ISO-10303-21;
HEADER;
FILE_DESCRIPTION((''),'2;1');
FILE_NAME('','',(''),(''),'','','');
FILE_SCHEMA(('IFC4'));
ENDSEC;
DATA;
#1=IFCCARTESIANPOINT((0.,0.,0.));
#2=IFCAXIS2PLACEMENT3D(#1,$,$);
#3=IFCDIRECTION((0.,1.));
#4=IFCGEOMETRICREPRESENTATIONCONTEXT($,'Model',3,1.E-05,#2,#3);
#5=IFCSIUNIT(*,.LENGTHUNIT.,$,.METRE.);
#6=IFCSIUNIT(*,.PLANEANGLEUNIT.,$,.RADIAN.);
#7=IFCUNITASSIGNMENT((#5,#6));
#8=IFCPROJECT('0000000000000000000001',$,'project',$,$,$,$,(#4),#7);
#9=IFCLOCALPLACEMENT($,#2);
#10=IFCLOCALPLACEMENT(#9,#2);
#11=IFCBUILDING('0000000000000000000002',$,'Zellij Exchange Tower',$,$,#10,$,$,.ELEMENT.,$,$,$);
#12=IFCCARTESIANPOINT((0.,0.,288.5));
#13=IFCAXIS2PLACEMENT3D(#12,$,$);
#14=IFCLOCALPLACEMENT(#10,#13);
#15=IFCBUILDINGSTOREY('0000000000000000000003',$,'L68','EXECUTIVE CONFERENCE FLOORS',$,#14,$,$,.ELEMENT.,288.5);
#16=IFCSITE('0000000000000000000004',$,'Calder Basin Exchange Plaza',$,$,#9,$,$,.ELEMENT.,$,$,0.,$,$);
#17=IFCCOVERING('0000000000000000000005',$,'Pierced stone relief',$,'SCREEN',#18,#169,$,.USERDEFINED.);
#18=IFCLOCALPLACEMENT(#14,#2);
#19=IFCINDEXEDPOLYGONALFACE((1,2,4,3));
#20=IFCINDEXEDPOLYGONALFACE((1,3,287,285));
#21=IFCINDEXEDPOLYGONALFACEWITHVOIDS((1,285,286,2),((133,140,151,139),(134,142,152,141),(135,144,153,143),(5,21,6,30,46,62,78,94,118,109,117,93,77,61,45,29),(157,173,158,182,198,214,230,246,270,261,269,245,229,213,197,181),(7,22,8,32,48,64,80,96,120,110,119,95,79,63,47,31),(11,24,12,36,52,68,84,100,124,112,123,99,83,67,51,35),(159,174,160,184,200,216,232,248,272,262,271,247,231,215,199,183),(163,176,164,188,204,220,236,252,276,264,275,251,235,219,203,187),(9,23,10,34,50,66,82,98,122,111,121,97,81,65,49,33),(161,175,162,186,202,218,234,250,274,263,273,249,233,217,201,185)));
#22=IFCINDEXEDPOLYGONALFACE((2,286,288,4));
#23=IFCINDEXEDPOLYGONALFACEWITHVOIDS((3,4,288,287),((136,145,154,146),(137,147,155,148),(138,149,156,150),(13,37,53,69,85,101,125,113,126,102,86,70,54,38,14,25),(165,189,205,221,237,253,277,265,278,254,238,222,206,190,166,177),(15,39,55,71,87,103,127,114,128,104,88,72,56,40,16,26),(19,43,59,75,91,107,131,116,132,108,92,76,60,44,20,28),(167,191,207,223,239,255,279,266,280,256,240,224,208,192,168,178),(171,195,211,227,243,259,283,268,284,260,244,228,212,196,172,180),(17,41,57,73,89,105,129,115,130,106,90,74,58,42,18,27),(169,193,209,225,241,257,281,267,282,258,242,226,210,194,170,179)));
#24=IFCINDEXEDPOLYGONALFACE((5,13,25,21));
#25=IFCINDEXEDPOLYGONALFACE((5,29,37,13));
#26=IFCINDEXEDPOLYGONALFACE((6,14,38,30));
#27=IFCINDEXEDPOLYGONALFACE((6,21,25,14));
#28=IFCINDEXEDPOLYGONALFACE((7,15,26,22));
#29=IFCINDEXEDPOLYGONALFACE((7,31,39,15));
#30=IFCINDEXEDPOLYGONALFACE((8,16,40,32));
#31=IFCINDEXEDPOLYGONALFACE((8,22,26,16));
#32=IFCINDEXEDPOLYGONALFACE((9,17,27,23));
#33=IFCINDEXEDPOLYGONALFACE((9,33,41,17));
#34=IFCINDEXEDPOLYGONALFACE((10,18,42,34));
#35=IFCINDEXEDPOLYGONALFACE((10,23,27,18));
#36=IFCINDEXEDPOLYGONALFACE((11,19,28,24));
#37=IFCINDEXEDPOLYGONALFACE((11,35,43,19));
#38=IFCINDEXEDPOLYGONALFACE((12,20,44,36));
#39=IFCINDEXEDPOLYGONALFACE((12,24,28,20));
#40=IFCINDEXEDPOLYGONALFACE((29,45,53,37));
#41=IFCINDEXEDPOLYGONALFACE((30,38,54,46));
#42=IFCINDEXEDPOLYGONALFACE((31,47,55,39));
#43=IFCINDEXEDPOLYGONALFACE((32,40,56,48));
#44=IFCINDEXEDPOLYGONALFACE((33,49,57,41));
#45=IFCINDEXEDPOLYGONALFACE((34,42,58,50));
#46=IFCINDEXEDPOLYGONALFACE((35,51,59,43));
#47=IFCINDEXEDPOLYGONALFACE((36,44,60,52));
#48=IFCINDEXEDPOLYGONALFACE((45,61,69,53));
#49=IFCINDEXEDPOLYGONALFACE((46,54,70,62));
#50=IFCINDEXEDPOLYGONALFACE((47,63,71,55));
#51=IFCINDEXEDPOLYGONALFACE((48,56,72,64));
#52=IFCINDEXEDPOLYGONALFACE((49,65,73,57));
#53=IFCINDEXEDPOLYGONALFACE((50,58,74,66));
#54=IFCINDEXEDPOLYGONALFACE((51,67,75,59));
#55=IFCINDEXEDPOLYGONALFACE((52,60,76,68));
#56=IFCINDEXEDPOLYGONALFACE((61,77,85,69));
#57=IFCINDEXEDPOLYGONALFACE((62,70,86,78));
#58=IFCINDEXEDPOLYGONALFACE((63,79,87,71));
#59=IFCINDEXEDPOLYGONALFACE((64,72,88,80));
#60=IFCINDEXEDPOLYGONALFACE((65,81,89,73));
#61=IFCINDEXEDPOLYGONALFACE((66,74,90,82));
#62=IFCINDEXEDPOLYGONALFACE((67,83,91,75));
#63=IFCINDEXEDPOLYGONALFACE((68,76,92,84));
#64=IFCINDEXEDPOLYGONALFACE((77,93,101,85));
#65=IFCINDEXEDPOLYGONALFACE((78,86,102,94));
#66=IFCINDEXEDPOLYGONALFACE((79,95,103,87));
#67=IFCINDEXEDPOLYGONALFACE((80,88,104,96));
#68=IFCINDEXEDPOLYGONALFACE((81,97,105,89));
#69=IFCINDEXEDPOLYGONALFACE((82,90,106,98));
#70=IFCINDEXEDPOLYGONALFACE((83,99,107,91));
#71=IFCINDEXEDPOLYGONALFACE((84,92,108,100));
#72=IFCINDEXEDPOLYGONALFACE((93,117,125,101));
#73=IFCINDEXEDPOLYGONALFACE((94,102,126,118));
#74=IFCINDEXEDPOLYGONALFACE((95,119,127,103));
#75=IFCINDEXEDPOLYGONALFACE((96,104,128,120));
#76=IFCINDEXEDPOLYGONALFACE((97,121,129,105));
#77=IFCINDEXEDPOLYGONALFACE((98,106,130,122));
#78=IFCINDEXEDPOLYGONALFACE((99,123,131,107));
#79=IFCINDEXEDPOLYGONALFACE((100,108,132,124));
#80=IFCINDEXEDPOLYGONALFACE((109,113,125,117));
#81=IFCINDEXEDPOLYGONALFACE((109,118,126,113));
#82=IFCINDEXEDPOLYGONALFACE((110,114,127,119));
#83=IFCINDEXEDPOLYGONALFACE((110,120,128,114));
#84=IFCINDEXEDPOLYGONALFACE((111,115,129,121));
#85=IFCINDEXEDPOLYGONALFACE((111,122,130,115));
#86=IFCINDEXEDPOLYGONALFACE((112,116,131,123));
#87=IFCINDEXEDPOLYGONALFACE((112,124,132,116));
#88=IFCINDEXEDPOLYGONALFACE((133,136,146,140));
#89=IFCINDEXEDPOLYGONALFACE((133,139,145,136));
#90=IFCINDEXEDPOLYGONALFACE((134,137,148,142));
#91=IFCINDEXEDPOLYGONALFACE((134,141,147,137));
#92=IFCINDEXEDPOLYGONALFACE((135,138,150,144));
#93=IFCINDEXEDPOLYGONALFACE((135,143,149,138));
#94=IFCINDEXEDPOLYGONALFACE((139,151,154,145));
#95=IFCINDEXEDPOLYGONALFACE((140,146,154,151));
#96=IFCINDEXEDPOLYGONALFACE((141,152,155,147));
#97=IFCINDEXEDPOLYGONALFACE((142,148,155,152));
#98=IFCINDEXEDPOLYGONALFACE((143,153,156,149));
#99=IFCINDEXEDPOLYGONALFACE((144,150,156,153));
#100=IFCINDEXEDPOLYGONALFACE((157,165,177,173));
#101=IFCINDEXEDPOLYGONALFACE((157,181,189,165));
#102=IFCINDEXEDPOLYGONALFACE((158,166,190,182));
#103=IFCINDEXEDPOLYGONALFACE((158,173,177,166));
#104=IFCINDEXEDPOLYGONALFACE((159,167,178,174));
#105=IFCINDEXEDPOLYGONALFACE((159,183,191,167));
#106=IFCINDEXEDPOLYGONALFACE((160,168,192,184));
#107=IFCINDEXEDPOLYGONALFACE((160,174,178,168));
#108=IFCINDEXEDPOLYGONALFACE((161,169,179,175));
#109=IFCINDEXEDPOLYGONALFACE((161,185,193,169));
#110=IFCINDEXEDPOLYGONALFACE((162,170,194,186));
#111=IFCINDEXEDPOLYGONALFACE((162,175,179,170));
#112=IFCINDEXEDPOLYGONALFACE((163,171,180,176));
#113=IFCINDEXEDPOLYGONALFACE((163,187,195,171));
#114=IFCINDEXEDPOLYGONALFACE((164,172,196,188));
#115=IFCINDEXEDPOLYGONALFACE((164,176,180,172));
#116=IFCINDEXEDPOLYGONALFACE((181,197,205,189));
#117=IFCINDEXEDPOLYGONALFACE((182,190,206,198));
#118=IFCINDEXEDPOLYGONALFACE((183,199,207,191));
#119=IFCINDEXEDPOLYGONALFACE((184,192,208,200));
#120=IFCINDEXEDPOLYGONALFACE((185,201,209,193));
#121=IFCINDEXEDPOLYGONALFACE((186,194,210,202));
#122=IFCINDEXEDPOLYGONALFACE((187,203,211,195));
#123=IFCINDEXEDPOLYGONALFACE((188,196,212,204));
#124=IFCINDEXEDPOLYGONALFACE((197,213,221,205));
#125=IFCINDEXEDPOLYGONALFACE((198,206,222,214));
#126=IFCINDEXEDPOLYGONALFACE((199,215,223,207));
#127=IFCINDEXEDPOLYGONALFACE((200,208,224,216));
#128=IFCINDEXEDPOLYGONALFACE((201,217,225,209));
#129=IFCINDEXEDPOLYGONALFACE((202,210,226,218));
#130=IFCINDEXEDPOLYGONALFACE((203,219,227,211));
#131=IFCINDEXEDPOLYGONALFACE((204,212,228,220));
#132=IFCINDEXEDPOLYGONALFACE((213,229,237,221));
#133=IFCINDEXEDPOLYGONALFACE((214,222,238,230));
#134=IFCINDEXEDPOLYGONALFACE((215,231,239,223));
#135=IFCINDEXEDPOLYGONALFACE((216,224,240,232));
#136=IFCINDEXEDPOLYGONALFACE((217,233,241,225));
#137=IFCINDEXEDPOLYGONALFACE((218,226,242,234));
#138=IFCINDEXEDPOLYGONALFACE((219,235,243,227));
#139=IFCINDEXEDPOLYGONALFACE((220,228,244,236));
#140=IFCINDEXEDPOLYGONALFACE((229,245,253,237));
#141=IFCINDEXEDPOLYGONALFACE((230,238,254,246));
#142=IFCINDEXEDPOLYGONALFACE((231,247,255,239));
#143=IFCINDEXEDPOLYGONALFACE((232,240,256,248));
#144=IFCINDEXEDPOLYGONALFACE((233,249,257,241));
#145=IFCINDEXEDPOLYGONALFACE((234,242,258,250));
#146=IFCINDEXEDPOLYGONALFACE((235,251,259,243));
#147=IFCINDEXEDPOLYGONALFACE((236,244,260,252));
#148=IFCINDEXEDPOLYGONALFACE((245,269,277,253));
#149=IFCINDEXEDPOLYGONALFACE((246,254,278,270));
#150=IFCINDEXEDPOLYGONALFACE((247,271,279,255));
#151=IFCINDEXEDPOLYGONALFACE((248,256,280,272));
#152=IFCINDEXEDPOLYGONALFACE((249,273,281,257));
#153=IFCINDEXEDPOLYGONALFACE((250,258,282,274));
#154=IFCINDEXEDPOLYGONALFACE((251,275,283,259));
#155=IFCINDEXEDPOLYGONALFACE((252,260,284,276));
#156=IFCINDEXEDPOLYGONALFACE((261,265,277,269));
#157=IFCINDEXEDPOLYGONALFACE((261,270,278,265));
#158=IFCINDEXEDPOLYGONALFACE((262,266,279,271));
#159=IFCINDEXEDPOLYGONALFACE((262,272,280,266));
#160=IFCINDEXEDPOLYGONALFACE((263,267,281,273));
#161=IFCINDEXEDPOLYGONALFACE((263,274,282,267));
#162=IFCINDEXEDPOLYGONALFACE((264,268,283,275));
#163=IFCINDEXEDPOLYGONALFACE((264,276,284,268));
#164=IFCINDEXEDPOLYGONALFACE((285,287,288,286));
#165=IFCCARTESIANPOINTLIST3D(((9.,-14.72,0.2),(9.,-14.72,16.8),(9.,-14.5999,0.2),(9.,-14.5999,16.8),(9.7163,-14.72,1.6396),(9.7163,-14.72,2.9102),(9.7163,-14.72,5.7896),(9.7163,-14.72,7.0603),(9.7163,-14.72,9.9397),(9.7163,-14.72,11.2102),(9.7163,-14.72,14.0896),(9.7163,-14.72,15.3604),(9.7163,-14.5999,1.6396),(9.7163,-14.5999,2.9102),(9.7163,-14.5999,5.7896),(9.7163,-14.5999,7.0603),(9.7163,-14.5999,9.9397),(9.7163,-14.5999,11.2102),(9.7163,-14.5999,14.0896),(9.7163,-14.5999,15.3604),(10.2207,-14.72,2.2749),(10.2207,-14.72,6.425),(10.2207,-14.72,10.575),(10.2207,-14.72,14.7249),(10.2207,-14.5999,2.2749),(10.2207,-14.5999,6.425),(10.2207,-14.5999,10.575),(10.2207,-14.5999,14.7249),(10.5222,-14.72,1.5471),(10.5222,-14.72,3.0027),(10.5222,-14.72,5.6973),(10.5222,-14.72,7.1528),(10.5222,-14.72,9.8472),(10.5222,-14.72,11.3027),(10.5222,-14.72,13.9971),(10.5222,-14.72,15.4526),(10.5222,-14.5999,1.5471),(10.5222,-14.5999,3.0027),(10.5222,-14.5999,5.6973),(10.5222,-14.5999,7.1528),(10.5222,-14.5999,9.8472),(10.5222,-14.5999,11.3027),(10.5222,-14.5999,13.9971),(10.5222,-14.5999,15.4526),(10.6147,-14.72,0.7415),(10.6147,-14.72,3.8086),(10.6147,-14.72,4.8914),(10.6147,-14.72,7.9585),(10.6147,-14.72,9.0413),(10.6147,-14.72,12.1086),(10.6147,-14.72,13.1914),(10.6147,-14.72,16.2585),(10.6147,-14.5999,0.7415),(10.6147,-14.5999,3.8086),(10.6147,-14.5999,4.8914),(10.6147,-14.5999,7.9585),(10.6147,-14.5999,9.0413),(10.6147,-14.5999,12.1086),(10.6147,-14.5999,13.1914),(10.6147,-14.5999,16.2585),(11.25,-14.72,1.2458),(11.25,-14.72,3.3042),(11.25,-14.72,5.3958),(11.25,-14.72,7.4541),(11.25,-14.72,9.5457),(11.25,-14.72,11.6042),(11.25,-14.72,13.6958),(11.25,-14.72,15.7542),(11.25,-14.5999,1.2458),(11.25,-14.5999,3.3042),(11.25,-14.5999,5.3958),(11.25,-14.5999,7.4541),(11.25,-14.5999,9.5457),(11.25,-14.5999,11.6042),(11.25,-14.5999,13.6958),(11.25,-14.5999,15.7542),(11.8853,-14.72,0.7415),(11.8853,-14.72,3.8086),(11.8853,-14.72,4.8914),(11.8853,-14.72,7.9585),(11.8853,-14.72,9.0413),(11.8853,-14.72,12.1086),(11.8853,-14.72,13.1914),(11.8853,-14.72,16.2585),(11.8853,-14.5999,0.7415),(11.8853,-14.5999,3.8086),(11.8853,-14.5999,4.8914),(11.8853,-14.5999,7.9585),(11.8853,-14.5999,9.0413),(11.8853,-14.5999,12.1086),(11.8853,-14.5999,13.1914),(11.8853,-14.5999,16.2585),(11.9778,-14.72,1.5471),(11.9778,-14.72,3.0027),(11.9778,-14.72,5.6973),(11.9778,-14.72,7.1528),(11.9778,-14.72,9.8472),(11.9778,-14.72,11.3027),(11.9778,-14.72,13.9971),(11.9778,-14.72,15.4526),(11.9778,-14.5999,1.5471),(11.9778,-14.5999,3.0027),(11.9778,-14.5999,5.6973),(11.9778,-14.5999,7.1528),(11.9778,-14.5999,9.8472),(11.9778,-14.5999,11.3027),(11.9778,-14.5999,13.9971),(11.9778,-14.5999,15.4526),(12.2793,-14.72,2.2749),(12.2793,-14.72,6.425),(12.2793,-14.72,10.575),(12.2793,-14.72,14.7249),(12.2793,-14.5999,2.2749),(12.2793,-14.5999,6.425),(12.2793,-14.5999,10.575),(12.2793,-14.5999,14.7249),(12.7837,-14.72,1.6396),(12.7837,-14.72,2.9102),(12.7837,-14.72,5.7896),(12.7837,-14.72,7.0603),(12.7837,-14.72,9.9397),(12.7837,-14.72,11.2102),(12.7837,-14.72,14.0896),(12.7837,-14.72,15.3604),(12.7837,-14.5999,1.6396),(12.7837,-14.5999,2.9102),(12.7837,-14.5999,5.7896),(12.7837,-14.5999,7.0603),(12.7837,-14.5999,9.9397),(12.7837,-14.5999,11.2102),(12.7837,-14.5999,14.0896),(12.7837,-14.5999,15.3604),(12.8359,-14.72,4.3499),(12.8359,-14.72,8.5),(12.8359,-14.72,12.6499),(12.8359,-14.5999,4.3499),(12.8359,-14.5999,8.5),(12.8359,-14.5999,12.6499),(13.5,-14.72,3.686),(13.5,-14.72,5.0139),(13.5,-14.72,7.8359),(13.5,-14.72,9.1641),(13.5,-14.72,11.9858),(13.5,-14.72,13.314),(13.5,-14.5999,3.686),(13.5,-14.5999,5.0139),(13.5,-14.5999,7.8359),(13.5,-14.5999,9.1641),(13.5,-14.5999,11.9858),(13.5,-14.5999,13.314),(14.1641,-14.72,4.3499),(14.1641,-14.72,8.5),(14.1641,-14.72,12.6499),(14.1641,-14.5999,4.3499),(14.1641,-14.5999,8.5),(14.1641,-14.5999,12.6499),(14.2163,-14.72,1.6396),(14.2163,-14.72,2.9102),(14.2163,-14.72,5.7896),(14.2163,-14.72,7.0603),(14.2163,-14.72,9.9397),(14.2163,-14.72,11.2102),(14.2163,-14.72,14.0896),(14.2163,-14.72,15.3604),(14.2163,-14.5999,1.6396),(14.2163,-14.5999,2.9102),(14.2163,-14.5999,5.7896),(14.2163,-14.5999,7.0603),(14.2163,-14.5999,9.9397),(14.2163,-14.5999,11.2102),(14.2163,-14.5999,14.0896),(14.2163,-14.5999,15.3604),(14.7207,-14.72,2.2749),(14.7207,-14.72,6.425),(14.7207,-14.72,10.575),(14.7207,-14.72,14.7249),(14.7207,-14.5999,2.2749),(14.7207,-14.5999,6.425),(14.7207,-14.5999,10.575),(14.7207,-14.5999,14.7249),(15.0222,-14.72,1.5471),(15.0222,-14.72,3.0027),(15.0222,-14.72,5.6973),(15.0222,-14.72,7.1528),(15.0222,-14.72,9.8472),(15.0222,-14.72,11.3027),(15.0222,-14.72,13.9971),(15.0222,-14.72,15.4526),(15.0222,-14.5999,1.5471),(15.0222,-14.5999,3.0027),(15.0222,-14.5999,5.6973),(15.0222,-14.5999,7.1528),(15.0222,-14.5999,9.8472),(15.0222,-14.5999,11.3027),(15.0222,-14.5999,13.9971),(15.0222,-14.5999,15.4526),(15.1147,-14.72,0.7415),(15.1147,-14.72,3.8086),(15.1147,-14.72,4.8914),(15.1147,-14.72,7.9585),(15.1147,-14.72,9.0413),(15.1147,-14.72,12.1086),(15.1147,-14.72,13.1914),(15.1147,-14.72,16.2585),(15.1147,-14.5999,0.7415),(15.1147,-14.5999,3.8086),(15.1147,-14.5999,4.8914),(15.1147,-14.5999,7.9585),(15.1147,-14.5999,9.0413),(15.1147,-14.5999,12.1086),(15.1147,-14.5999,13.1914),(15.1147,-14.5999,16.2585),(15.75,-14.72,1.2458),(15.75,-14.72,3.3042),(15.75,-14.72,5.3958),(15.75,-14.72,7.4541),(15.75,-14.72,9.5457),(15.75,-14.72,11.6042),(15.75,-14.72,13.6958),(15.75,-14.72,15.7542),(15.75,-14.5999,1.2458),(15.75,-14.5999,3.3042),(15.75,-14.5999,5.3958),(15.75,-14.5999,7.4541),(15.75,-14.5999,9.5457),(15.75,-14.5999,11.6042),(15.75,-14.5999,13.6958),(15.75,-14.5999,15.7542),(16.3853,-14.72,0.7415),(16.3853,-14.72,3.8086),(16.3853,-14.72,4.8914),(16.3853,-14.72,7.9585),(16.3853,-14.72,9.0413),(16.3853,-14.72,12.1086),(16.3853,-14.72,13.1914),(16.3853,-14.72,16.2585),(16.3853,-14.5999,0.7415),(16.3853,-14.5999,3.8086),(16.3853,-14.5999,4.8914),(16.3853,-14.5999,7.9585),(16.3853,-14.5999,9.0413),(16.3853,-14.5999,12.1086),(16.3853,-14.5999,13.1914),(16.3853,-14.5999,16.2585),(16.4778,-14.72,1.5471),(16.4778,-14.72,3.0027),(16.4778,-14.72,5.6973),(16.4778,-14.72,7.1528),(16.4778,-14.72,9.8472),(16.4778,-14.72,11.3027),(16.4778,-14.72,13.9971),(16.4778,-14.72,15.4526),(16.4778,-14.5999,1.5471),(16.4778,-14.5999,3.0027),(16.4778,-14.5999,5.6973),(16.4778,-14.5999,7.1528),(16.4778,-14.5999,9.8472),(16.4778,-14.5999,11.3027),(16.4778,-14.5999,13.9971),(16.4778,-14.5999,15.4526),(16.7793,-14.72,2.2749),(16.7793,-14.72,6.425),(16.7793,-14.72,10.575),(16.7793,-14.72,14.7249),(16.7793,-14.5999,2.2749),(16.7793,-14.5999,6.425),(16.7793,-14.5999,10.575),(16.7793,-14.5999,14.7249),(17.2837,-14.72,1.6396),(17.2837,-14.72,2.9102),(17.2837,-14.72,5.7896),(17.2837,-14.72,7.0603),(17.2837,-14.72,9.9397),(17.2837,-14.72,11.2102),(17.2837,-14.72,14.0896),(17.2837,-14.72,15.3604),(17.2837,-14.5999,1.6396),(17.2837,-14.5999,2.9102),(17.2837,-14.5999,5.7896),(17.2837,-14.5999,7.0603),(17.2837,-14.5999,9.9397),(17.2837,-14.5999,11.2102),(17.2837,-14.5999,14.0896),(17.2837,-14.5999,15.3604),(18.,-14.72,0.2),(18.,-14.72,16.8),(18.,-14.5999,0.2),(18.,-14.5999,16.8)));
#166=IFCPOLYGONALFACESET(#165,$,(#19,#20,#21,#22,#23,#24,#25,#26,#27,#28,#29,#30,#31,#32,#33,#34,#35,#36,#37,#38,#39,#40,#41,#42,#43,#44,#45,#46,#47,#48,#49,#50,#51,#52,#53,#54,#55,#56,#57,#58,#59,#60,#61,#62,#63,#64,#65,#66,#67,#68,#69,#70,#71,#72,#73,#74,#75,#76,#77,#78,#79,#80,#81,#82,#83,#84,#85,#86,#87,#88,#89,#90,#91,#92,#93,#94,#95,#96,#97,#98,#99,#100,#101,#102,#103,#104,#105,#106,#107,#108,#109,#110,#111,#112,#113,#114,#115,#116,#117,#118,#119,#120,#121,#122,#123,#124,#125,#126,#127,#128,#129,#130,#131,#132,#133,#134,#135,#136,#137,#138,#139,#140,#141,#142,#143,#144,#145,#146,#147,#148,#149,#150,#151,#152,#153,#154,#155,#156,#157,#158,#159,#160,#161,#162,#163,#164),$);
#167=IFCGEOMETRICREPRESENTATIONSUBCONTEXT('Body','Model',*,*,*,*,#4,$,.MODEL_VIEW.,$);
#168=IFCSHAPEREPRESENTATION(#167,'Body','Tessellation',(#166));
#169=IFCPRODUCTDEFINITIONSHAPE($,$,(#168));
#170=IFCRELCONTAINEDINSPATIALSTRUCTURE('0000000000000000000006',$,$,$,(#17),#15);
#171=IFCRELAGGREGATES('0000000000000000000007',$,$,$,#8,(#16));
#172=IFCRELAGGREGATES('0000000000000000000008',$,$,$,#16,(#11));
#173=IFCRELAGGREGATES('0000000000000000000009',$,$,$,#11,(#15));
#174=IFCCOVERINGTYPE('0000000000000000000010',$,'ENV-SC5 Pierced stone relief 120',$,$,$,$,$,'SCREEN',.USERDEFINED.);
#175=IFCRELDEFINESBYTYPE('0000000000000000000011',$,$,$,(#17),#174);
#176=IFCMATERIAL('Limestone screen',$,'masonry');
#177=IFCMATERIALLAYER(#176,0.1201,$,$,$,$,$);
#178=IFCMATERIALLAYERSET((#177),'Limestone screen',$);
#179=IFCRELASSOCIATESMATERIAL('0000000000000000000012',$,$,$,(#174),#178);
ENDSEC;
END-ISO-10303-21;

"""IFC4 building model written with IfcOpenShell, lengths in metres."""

from ifc_helpers import new_model, si_unit, direction, frame, origin, place, context, subcontext, project, spatial, polyline, outline, extrude, material, layer, layer_set, type_object, element, save


model = new_model("IFC4")

# Units and contexts
model_context = context("Model", 3, precision=1e-05, world=origin(), true_north=direction((0.0, 1.0)))
body_context = subcontext(model_context, "Body", "Model", "MODEL_VIEW")
ifc_project = project(units=[si_unit("LENGTHUNIT", "METRE"), si_unit("PLANEANGLEUNIT", "RADIAN")], contexts=[model_context])

# Site, building, storey
site_placement = place(None, origin())
site = spatial("IfcSite", under=ifc_project, at=site_placement, Name="Calder Basin Exchange Plaza", CompositionType="ELEMENT", RefElevation=0.0)
building_placement = place(site_placement, origin())
building = spatial("IfcBuilding", under=site, at=building_placement, Name="Zellij Exchange Tower", CompositionType="ELEMENT")
storey_placement = place(building_placement, frame((0.0, 0.0, 288.5)))
storey = spatial("IfcBuildingStorey", under=building, at=storey_placement, Name="L68", Description="EXECUTIVE CONFERENCE FLOORS", CompositionType="ELEMENT", Elevation=288.5)

# Covering
ifc_material_1 = material(Name="Limestone screen", Category="masonry")
ifc_layer = layer(ifc_material_1, 0.1201)
ifc_layer_set = layer_set([ifc_layer], Name="Limestone screen")
covering_type_1 = type_object("IfcCoveringType", Name="ENV-SC5 Pierced stone relief 120", ElementType="SCREEN", PredefinedType="USERDEFINED", material=ifc_layer_set)
covering_1_placement = place(storey_placement, frame((9.0, -14.6599, 0.2), z_axis=(0.0, 0.0, 1.0), x_axis=(1.0, 0.0, 0.0)))
element("IfcCovering", 1, at=covering_1_placement, inside=storey, type_object=covering_type_1, Name="Pierced stone relief", ObjectType="SCREEN", PredefinedType="USERDEFINED", context=body_context, shape_type="SweptSolid", body=[
    extrude(outline(polyline([(0.0, 0.0), (9.0, 0.0), (9.0, 16.6001), (0.0, 16.6001), (0.0, 0.0)]), holes=[polyline([(3.7837, 2.7102), (2.9778, 2.8027), (2.8853, 3.6086), (2.25, 3.1042), (1.6147, 3.6086), (1.5222, 2.8027), (0.7163, 2.7102), (1.2207, 2.075), (0.7163, 1.4397), (1.5222, 1.3472), (1.6147, 0.5415), (2.25, 1.0459), (2.8853, 0.5415), (2.9778, 1.3472), (3.7837, 1.4397), (3.2793, 2.075), (3.7837, 2.7102)]), polyline([(3.7837, 6.8604), (2.9778, 6.9529), (2.8853, 7.7585), (2.25, 7.2542), (1.6147, 7.7585), (1.5222, 6.9529), (0.7163, 6.8604), (1.2207, 6.2251), (0.7163, 5.5896), (1.5222, 5.4973), (1.6147, 4.6914), (2.25, 5.1958), (2.8853, 4.6914), (2.9778, 5.4973), (3.7837, 5.5896), (3.2793, 6.2251), (3.7837, 6.8604)]), polyline([(3.7837, 11.0103), (2.9778, 11.1028), (2.8853, 11.9087), (2.25, 11.4043), (1.6147, 11.9087), (1.5222, 11.1028), (0.7163, 11.0103), (1.2207, 10.375), (0.7163, 9.7397), (1.5222, 9.6472), (1.6147, 8.8413), (2.25, 9.3457), (2.8853, 8.8413), (2.9778, 9.6472), (3.7837, 9.7397), (3.2793, 10.375), (3.7837, 11.0103)]), polyline([(3.7837, 15.1604), (2.9778, 15.2527), (2.8853, 16.0586), (2.25, 15.5542), (1.6147, 16.0586), (1.5222, 15.2527), (0.7163, 15.1604), (1.2207, 14.5249), (0.7163, 13.8896), (1.5222, 13.7971), (1.6147, 12.9915), (2.25, 13.4958), (2.8853, 12.9915), (2.9778, 13.7971), (3.7837, 13.8896), (3.2793, 14.5249), (3.7837, 15.1604)]), polyline([(8.2837, 2.7102), (7.4778, 2.8027), (7.3853, 3.6086), (6.75, 3.1042), (6.1147, 3.6086), (6.0222, 2.8027), (5.2163, 2.7102), (5.7207, 2.075), (5.2163, 1.4397), (6.0222, 1.3472), (6.1147, 0.5415), (6.75, 1.0459), (7.3853, 0.5415), (7.4778, 1.3472), (8.2837, 1.4397), (7.7793, 2.075), (8.2837, 2.7102)]), polyline([(8.2837, 6.8604), (7.4778, 6.9529), (7.3853, 7.7585), (6.75, 7.2542), (6.1147, 7.7585), (6.0222, 6.9529), (5.2163, 6.8604), (5.7207, 6.2251), (5.2163, 5.5896), (6.0222, 5.4973), (6.1147, 4.6914), (6.75, 5.1958), (7.3853, 4.6914), (7.4778, 5.4973), (8.2837, 5.5896), (7.7793, 6.2251), (8.2837, 6.8604)]), polyline([(8.2837, 11.0103), (7.4778, 11.1028), (7.3853, 11.9087), (6.75, 11.4043), (6.1147, 11.9087), (6.0222, 11.1028), (5.2163, 11.0103), (5.7207, 10.375), (5.2163, 9.7397), (6.0222, 9.6472), (6.1147, 8.8413), (6.75, 9.3457), (7.3853, 8.8413), (7.4778, 9.6472), (8.2837, 9.7397), (7.7793, 10.375), (8.2837, 11.0103)]), polyline([(8.2837, 15.1604), (7.4778, 15.2527), (7.3853, 16.0586), (6.75, 15.5542), (6.1147, 16.0586), (6.0222, 15.2527), (5.2163, 15.1604), (5.7207, 14.5249), (5.2163, 13.8896), (6.0222, 13.7971), (6.1147, 12.9915), (6.75, 13.4958), (7.3853, 12.9915), (7.4778, 13.7971), (8.2837, 13.8896), (7.7793, 14.5249), (8.2837, 15.1604)]), polyline([(5.1641, 4.1499), (4.5, 4.814), (3.8359, 4.1499), (4.5, 3.4861), (5.1641, 4.1499)]), polyline([(5.1641, 8.3), (4.5, 8.9641), (3.8359, 8.3), (4.5, 7.636), (5.1641, 8.3)]), polyline([(5.1641, 12.45), (4.5, 13.114), (3.8359, 12.45), (4.5, 11.7859), (5.1641, 12.45)])]), frame((0.0, 0.0601, 0.0), z_axis=(0.0, -1.0, 0.0), x_axis=(1.0, 0.0, 0.0)), (0.0, 0.0, 1.0), 0.1201),
])

save(model, "model.ifc")
